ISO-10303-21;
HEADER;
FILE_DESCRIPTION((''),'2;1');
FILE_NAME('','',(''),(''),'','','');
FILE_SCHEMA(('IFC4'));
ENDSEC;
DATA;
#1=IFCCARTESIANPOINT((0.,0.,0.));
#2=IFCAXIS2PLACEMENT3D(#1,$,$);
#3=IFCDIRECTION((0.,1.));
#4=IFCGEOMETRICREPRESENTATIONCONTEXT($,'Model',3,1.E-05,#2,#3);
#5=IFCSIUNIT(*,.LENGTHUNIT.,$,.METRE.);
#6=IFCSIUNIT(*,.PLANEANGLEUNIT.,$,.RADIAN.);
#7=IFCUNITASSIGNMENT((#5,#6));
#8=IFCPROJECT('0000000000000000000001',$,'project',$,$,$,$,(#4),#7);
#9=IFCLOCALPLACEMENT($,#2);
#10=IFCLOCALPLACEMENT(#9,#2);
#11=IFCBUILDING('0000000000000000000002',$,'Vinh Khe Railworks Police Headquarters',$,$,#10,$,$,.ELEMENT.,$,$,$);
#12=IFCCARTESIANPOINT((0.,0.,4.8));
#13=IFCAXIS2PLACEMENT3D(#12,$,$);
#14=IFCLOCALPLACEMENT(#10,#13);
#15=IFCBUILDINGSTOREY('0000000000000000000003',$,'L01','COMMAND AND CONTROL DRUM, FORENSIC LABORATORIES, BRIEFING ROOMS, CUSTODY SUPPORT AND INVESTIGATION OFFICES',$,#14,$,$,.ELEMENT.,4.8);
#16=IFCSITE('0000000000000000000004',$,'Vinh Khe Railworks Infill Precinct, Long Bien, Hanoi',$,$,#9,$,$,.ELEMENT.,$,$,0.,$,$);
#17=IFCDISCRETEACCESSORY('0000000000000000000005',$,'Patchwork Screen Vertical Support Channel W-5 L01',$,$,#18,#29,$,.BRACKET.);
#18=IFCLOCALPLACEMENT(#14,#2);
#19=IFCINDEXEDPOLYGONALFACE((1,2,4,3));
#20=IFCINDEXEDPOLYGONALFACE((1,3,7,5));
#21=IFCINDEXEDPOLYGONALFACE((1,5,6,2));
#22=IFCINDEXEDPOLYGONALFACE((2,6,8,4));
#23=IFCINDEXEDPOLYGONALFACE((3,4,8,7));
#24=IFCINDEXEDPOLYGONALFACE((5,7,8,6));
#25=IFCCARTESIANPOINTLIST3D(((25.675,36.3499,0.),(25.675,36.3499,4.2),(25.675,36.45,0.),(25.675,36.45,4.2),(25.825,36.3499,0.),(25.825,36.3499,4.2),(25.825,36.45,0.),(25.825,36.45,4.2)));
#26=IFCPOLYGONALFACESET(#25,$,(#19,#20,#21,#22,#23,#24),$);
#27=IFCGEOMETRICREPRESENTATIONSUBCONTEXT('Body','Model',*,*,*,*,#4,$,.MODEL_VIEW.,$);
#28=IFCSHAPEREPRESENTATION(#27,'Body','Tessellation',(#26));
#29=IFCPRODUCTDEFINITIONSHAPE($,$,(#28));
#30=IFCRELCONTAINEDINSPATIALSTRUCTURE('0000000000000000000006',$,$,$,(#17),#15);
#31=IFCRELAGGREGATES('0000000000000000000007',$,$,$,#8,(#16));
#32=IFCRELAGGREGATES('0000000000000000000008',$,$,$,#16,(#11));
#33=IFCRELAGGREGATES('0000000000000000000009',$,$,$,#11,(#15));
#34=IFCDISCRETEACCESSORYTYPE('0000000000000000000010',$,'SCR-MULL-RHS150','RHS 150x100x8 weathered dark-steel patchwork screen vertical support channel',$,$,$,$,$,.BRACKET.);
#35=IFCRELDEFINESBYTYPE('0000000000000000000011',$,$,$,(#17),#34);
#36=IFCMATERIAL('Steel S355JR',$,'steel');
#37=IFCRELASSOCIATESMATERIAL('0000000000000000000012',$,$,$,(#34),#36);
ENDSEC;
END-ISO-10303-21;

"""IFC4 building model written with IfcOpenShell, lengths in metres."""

from ifc_helpers import new_model, si_unit, direction, frame, origin, origin_2d, place, context, subcontext, project, spatial, rectangle, extrude, material, type_object, element, save


model = new_model("IFC4")

# Units and contexts
model_context = context("Model", 3, precision=1e-05, world=origin(), true_north=direction((0.0, 1.0)))
body_context = subcontext(model_context, "Body", "Model", "MODEL_VIEW")
ifc_project = project(units=[si_unit("LENGTHUNIT", "METRE"), si_unit("PLANEANGLEUNIT", "RADIAN")], contexts=[model_context])

# Site, building, storey
site_placement = place(None, origin())
site = spatial("IfcSite", under=ifc_project, at=site_placement, Name="Vinh Khe Railworks Infill Precinct, Long Bien, Hanoi", CompositionType="ELEMENT", RefElevation=0.0)
building_placement = place(site_placement, origin())
building = spatial("IfcBuilding", under=site, at=building_placement, Name="Vinh Khe Railworks Police Headquarters", CompositionType="ELEMENT")
storey_placement = place(building_placement, frame((0.0, 0.0, 4.8)))
storey = spatial("IfcBuildingStorey", under=building, at=storey_placement, Name="L01", Description="COMMAND AND CONTROL DRUM, FORENSIC LABORATORIES, BRIEFING ROOMS, CUSTODY SUPPORT AND INVESTIGATION OFFICES", CompositionType="ELEMENT", Elevation=4.8)

# Shared definitions
ifc_material_1 = material(Name="Steel S355JR", Category="steel")

# Discrete accessory
discrete_accessory_type_1 = type_object("IfcDiscreteAccessoryType", Name="SCR-MULL-RHS150", Description="RHS 150x100x8 weathered dark-steel patchwork screen vertical support channel", PredefinedType="BRACKET", material=ifc_material_1)
discrete_accessory_placement = place(storey_placement, frame((25.75, 36.3999, 0.0), z_axis=(0.0, 0.0, 1.0), x_axis=(1.0, 0.0, 0.0)))
element("IfcDiscreteAccessory", 1, at=discrete_accessory_placement, inside=storey, type_object=discrete_accessory_type_1, Name="Patchwork Screen Vertical Support Channel W-5 L01", PredefinedType="BRACKET", context=body_context, shape_type="SweptSolid", body=[
    extrude(rectangle(XDim=0.1499, YDim=0.1001, at=origin_2d()), origin(), (0.0, 0.0, 1.0), 4.2),
])

save(model, "model.ifc")
